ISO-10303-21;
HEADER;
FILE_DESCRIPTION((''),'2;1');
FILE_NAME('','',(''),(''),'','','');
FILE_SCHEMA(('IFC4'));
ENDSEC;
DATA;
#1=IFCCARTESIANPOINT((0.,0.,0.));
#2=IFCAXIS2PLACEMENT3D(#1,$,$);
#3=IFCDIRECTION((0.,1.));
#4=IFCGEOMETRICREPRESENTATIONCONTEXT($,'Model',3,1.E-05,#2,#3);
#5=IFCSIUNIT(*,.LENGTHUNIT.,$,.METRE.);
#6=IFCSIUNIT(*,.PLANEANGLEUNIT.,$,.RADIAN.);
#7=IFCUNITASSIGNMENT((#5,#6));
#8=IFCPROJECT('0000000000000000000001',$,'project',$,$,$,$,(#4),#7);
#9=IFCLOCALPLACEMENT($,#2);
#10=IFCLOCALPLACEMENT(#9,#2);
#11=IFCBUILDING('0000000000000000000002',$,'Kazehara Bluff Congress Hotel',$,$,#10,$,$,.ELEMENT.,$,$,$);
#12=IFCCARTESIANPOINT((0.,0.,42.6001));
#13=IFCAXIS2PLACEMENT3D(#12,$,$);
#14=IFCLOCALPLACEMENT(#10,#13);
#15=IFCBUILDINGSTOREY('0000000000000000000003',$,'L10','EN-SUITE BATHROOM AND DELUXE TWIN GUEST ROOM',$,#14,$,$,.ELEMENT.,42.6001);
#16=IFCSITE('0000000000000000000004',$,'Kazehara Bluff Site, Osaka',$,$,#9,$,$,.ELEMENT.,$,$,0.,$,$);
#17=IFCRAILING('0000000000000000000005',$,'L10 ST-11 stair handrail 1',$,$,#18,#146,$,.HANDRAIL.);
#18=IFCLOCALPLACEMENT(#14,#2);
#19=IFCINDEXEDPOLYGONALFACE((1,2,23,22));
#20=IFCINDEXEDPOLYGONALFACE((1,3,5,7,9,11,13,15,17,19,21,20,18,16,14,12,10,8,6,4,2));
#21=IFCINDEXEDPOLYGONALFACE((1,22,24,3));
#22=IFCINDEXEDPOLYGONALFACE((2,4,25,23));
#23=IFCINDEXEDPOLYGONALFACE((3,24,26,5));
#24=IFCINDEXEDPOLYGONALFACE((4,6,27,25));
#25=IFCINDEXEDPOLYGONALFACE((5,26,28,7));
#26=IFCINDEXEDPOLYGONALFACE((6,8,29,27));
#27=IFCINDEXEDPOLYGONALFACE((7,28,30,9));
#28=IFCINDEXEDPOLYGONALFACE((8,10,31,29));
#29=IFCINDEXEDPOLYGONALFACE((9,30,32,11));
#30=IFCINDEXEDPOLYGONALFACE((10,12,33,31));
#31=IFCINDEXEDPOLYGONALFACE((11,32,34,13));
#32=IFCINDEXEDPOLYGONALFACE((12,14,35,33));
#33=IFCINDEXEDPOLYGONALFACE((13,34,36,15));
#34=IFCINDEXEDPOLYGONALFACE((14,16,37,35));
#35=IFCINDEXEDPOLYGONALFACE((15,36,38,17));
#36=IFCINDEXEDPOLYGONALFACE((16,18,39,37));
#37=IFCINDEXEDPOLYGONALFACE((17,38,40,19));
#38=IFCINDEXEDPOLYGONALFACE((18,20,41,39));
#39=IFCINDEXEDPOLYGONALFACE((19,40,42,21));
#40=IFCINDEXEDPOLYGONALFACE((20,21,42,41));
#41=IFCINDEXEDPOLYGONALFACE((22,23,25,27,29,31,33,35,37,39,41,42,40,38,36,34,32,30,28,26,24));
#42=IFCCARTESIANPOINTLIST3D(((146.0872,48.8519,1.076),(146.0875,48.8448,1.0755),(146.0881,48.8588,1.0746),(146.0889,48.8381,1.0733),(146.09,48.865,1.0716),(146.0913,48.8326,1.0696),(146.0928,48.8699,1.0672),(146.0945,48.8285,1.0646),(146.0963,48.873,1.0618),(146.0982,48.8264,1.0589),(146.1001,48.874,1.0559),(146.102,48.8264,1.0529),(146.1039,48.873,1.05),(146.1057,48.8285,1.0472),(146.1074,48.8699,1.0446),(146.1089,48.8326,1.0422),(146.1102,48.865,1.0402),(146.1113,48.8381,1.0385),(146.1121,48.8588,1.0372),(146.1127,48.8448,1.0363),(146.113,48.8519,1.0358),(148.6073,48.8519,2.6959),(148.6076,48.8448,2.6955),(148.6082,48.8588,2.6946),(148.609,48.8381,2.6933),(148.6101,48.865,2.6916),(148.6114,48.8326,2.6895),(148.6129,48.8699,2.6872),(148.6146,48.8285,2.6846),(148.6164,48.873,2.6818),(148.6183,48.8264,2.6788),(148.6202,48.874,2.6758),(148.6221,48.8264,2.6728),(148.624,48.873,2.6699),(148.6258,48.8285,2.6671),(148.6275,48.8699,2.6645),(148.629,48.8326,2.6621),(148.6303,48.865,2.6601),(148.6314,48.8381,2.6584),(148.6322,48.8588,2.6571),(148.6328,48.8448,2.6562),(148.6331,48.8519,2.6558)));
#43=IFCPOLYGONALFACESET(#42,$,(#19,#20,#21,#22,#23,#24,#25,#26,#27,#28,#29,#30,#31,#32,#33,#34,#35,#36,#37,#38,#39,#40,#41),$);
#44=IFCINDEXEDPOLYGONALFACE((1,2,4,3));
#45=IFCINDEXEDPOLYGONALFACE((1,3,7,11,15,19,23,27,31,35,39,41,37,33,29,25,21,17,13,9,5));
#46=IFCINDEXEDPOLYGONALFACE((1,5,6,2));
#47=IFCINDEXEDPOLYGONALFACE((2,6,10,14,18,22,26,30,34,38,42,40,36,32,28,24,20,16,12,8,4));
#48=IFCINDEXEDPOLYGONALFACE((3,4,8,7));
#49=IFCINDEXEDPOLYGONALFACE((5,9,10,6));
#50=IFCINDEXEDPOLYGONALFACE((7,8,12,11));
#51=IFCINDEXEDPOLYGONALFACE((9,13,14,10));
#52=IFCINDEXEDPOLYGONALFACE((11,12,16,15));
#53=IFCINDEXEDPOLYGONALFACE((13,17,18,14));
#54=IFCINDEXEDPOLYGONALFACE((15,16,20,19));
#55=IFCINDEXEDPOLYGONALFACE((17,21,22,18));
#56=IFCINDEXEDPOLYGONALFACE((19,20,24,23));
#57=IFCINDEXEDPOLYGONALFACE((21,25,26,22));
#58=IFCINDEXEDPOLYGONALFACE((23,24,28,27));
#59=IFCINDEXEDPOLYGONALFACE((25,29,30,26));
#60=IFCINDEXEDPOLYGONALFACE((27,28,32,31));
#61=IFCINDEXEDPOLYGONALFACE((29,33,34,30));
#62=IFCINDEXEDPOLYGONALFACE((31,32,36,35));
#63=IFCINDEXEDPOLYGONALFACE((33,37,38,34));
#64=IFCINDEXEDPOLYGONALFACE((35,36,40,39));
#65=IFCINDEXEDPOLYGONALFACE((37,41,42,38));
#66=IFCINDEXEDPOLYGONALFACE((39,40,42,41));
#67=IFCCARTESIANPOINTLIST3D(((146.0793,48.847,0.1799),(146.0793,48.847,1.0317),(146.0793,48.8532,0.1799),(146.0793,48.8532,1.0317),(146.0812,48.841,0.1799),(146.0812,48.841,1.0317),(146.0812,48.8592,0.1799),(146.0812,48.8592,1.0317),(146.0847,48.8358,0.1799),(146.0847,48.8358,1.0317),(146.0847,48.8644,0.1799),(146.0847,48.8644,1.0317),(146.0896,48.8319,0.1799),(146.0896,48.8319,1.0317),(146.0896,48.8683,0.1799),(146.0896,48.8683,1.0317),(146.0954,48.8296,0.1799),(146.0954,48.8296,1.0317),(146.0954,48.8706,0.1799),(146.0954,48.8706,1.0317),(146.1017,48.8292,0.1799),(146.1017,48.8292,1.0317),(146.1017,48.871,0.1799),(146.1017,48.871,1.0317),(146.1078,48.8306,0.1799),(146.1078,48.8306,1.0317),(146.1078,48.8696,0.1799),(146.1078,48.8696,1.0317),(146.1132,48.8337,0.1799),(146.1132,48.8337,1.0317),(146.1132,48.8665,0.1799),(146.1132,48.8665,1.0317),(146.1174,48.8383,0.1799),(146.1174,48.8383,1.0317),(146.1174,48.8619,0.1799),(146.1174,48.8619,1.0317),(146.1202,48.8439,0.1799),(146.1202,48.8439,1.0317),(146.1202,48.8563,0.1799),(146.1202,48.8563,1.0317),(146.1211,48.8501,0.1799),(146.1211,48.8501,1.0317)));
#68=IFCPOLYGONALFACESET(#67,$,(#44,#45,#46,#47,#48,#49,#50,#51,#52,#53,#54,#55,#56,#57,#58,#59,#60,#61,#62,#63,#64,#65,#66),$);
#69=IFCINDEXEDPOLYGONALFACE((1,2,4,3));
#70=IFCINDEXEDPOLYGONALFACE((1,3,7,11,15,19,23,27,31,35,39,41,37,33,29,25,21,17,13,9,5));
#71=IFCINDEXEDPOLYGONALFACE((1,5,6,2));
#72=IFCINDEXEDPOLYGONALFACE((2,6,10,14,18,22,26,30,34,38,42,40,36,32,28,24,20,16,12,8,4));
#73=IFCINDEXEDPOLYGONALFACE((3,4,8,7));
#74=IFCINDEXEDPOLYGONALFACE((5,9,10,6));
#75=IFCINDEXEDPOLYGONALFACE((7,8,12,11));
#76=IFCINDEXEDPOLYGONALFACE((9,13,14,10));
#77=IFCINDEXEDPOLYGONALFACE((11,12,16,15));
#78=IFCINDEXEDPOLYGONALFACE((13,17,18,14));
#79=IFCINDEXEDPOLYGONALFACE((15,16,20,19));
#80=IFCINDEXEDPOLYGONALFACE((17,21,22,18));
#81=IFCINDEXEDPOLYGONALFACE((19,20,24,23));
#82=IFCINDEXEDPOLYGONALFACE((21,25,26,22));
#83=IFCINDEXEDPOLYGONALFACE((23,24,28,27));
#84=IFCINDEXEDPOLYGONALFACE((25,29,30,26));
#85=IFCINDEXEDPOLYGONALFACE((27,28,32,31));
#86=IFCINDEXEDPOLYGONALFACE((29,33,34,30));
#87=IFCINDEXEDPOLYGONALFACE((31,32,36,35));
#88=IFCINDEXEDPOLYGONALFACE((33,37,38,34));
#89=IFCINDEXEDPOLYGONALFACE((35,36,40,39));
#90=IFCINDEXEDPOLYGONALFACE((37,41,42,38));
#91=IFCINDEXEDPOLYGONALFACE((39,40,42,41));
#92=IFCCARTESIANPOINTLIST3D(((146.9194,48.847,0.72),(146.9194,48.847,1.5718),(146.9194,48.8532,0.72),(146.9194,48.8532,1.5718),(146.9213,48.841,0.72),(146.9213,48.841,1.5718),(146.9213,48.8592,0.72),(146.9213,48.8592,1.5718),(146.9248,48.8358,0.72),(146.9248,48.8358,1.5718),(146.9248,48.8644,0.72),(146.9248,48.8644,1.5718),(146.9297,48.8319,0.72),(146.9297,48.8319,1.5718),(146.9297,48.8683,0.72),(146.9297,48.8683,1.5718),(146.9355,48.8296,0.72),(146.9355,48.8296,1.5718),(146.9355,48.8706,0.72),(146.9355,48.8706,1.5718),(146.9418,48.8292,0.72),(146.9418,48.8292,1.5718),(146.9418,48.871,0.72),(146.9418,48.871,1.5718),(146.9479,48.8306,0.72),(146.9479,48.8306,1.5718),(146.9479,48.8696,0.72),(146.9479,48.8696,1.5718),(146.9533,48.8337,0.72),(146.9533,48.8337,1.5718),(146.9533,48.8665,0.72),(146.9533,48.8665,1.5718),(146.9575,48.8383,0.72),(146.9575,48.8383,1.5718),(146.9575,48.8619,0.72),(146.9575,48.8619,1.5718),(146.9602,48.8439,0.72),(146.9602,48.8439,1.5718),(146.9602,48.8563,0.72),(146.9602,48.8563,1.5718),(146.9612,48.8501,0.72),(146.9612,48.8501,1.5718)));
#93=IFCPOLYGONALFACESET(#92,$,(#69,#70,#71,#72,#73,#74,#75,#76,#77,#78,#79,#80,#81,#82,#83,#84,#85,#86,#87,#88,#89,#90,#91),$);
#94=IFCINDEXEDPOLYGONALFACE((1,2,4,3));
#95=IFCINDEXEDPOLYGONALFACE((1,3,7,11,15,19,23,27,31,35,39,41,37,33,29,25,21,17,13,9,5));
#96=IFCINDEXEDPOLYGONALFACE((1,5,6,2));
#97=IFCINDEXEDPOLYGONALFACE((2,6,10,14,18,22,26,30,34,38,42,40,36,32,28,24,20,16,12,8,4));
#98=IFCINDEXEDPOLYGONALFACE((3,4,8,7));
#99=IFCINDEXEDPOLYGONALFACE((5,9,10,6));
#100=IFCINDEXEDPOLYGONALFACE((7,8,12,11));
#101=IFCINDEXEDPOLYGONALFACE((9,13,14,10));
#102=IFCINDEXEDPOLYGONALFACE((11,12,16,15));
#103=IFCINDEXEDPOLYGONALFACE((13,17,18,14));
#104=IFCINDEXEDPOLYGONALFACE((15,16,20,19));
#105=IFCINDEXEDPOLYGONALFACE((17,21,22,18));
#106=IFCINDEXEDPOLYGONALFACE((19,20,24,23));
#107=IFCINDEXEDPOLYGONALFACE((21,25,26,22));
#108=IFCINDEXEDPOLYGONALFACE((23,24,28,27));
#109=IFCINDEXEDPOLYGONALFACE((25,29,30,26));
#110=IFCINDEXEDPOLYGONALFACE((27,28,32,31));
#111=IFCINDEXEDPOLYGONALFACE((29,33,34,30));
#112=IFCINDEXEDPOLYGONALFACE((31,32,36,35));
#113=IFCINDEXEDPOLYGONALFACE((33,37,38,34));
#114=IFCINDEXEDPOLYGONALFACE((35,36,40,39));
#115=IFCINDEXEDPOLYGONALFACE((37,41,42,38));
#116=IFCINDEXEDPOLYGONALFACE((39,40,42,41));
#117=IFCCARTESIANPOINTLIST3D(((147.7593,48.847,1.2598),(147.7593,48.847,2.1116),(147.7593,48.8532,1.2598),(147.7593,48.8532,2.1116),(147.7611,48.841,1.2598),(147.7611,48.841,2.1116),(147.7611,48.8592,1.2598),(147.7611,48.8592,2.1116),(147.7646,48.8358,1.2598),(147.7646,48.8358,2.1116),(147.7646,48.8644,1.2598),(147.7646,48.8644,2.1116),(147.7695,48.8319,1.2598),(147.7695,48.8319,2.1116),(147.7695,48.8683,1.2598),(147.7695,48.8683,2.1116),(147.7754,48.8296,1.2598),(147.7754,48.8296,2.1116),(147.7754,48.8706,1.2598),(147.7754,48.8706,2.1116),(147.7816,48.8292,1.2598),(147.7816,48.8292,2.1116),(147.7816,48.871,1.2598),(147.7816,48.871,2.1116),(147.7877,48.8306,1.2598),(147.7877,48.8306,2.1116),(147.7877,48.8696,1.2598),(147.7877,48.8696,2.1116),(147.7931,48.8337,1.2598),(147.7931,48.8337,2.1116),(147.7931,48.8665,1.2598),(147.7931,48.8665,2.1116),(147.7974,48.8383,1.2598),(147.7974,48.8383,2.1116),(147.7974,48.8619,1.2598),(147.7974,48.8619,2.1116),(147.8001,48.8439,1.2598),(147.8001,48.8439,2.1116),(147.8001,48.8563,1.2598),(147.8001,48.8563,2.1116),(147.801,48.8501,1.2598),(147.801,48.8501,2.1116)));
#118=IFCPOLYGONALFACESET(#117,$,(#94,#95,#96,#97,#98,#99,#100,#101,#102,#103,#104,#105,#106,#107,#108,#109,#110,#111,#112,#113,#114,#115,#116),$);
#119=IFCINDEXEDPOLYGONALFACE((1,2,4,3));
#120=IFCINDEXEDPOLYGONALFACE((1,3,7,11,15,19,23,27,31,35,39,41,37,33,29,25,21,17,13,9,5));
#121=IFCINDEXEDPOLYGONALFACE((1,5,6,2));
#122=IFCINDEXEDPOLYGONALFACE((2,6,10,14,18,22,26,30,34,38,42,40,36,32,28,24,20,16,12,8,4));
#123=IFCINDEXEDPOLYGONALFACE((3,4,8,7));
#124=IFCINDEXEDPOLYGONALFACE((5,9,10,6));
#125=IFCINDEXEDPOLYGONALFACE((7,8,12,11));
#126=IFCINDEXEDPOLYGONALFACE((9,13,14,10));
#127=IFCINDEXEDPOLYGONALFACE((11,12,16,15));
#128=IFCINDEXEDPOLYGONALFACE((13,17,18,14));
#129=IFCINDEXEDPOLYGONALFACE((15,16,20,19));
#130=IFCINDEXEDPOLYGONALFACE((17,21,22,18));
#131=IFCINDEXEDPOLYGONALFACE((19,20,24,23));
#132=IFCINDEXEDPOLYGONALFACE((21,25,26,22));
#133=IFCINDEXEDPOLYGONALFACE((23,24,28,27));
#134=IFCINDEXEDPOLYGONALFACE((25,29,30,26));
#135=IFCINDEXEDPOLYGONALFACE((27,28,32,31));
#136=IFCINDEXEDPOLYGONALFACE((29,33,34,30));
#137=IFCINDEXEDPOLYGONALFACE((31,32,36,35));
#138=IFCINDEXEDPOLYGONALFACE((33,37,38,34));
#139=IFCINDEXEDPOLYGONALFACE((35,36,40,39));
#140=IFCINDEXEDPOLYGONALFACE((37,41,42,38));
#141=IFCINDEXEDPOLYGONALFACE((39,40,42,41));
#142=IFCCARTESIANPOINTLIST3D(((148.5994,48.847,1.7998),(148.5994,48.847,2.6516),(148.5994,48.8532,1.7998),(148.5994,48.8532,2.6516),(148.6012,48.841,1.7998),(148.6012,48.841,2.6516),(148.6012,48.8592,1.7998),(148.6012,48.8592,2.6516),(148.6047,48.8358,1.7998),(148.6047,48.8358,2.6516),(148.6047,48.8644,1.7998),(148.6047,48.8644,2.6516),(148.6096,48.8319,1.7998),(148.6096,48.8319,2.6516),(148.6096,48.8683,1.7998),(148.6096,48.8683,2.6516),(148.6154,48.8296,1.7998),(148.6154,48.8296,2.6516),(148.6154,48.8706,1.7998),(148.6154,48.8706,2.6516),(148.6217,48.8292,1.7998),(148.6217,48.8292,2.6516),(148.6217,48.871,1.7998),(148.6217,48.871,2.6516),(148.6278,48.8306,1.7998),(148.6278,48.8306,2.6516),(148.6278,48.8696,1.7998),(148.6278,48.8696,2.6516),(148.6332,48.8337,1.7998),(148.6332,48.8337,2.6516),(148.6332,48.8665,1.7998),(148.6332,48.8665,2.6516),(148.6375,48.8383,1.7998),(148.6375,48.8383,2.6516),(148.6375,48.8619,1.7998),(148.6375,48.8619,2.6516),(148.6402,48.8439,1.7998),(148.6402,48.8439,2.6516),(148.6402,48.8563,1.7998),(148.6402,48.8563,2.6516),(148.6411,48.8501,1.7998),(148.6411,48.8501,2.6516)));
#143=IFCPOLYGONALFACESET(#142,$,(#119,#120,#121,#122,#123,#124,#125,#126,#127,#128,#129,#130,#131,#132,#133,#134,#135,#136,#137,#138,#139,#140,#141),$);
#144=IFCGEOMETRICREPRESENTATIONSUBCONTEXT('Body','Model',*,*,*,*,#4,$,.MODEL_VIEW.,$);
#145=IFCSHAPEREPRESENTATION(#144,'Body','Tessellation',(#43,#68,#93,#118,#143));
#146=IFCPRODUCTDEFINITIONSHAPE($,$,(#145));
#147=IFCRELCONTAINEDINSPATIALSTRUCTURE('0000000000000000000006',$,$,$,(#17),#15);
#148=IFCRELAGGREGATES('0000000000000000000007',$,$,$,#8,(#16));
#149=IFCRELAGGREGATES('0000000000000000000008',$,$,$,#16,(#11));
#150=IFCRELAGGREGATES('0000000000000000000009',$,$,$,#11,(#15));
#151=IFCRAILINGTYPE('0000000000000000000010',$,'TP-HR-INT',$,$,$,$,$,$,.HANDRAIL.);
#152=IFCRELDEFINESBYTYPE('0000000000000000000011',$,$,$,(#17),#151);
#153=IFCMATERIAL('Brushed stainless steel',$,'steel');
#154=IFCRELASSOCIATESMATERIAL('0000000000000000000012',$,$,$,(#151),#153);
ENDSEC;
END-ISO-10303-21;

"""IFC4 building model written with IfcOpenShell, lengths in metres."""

from ifc_helpers import new_model, si_unit, direction, frame, origin, origin_2d, place, context, subcontext, project, spatial, circle, extrude, material, type_object, element, save


model = new_model("IFC4")

# Units and contexts
model_context = context("Model", 3, precision=1e-05, world=origin(), true_north=direction((0.0, 1.0)))
body_context = subcontext(model_context, "Body", "Model", "MODEL_VIEW")
ifc_project = project(units=[si_unit("LENGTHUNIT", "METRE"), si_unit("PLANEANGLEUNIT", "RADIAN")], contexts=[model_context])

# Site, building, storey
site_placement = place(None, origin())
site = spatial("IfcSite", under=ifc_project, at=site_placement, Name="Kazehara Bluff Site, Osaka", CompositionType="ELEMENT", RefElevation=0.0)
building_placement = place(site_placement, origin())
building = spatial("IfcBuilding", under=site, at=building_placement, Name="Kazehara Bluff Congress Hotel", CompositionType="ELEMENT")
storey_placement = place(building_placement, frame((0.0, 0.0, 42.6001)))
storey = spatial("IfcBuildingStorey", under=building, at=storey_placement, Name="L10", Description="EN-SUITE BATHROOM AND DELUXE TWIN GUEST ROOM", CompositionType="ELEMENT", Elevation=42.6001)

# Railing
ifc_material_1 = material(Name="Brushed stainless steel", Category="steel")
railing_type_1 = type_object("IfcRailingType", Name="TP-HR-INT", PredefinedType="HANDRAIL", material=ifc_material_1)
railing_1_placement = place(storey_placement, frame((146.1001, 48.8501, 0.1799)))
element("IfcRailing", 1, at=railing_1_placement, inside=storey, type_object=railing_type_1, Name="L10 ST-11 stair handrail 1", PredefinedType="HANDRAIL", context=body_context, shape_type="SweptSolid", body=[
    extrude(circle(Radius=0.0239, at=origin_2d()), frame((0.0, 0.0, 0.876), z_axis=(0.8412, 0.0, 0.540725), x_axis=(0.0, 1.0, 0.0)), (0.0, 0.0, 1.0), 2.9958),
    extrude(circle(Radius=0.021, at=origin_2d()), origin(), (0.0, 0.0, 1.0), 0.8518),
    extrude(circle(Radius=0.021, at=origin_2d()), frame((0.8401, 0.0, 0.54)), (0.0, 0.0, 1.0), 0.8518),
    extrude(circle(Radius=0.021, at=origin_2d()), frame((1.6799, 0.0, 1.0798)), (0.0, 0.0, 1.0), 0.8518),
    extrude(circle(Radius=0.021, at=origin_2d()), frame((2.52, 0.0, 1.6199)), (0.0, 0.0, 1.0), 0.8518),
])

save(model, "model.ifc")
